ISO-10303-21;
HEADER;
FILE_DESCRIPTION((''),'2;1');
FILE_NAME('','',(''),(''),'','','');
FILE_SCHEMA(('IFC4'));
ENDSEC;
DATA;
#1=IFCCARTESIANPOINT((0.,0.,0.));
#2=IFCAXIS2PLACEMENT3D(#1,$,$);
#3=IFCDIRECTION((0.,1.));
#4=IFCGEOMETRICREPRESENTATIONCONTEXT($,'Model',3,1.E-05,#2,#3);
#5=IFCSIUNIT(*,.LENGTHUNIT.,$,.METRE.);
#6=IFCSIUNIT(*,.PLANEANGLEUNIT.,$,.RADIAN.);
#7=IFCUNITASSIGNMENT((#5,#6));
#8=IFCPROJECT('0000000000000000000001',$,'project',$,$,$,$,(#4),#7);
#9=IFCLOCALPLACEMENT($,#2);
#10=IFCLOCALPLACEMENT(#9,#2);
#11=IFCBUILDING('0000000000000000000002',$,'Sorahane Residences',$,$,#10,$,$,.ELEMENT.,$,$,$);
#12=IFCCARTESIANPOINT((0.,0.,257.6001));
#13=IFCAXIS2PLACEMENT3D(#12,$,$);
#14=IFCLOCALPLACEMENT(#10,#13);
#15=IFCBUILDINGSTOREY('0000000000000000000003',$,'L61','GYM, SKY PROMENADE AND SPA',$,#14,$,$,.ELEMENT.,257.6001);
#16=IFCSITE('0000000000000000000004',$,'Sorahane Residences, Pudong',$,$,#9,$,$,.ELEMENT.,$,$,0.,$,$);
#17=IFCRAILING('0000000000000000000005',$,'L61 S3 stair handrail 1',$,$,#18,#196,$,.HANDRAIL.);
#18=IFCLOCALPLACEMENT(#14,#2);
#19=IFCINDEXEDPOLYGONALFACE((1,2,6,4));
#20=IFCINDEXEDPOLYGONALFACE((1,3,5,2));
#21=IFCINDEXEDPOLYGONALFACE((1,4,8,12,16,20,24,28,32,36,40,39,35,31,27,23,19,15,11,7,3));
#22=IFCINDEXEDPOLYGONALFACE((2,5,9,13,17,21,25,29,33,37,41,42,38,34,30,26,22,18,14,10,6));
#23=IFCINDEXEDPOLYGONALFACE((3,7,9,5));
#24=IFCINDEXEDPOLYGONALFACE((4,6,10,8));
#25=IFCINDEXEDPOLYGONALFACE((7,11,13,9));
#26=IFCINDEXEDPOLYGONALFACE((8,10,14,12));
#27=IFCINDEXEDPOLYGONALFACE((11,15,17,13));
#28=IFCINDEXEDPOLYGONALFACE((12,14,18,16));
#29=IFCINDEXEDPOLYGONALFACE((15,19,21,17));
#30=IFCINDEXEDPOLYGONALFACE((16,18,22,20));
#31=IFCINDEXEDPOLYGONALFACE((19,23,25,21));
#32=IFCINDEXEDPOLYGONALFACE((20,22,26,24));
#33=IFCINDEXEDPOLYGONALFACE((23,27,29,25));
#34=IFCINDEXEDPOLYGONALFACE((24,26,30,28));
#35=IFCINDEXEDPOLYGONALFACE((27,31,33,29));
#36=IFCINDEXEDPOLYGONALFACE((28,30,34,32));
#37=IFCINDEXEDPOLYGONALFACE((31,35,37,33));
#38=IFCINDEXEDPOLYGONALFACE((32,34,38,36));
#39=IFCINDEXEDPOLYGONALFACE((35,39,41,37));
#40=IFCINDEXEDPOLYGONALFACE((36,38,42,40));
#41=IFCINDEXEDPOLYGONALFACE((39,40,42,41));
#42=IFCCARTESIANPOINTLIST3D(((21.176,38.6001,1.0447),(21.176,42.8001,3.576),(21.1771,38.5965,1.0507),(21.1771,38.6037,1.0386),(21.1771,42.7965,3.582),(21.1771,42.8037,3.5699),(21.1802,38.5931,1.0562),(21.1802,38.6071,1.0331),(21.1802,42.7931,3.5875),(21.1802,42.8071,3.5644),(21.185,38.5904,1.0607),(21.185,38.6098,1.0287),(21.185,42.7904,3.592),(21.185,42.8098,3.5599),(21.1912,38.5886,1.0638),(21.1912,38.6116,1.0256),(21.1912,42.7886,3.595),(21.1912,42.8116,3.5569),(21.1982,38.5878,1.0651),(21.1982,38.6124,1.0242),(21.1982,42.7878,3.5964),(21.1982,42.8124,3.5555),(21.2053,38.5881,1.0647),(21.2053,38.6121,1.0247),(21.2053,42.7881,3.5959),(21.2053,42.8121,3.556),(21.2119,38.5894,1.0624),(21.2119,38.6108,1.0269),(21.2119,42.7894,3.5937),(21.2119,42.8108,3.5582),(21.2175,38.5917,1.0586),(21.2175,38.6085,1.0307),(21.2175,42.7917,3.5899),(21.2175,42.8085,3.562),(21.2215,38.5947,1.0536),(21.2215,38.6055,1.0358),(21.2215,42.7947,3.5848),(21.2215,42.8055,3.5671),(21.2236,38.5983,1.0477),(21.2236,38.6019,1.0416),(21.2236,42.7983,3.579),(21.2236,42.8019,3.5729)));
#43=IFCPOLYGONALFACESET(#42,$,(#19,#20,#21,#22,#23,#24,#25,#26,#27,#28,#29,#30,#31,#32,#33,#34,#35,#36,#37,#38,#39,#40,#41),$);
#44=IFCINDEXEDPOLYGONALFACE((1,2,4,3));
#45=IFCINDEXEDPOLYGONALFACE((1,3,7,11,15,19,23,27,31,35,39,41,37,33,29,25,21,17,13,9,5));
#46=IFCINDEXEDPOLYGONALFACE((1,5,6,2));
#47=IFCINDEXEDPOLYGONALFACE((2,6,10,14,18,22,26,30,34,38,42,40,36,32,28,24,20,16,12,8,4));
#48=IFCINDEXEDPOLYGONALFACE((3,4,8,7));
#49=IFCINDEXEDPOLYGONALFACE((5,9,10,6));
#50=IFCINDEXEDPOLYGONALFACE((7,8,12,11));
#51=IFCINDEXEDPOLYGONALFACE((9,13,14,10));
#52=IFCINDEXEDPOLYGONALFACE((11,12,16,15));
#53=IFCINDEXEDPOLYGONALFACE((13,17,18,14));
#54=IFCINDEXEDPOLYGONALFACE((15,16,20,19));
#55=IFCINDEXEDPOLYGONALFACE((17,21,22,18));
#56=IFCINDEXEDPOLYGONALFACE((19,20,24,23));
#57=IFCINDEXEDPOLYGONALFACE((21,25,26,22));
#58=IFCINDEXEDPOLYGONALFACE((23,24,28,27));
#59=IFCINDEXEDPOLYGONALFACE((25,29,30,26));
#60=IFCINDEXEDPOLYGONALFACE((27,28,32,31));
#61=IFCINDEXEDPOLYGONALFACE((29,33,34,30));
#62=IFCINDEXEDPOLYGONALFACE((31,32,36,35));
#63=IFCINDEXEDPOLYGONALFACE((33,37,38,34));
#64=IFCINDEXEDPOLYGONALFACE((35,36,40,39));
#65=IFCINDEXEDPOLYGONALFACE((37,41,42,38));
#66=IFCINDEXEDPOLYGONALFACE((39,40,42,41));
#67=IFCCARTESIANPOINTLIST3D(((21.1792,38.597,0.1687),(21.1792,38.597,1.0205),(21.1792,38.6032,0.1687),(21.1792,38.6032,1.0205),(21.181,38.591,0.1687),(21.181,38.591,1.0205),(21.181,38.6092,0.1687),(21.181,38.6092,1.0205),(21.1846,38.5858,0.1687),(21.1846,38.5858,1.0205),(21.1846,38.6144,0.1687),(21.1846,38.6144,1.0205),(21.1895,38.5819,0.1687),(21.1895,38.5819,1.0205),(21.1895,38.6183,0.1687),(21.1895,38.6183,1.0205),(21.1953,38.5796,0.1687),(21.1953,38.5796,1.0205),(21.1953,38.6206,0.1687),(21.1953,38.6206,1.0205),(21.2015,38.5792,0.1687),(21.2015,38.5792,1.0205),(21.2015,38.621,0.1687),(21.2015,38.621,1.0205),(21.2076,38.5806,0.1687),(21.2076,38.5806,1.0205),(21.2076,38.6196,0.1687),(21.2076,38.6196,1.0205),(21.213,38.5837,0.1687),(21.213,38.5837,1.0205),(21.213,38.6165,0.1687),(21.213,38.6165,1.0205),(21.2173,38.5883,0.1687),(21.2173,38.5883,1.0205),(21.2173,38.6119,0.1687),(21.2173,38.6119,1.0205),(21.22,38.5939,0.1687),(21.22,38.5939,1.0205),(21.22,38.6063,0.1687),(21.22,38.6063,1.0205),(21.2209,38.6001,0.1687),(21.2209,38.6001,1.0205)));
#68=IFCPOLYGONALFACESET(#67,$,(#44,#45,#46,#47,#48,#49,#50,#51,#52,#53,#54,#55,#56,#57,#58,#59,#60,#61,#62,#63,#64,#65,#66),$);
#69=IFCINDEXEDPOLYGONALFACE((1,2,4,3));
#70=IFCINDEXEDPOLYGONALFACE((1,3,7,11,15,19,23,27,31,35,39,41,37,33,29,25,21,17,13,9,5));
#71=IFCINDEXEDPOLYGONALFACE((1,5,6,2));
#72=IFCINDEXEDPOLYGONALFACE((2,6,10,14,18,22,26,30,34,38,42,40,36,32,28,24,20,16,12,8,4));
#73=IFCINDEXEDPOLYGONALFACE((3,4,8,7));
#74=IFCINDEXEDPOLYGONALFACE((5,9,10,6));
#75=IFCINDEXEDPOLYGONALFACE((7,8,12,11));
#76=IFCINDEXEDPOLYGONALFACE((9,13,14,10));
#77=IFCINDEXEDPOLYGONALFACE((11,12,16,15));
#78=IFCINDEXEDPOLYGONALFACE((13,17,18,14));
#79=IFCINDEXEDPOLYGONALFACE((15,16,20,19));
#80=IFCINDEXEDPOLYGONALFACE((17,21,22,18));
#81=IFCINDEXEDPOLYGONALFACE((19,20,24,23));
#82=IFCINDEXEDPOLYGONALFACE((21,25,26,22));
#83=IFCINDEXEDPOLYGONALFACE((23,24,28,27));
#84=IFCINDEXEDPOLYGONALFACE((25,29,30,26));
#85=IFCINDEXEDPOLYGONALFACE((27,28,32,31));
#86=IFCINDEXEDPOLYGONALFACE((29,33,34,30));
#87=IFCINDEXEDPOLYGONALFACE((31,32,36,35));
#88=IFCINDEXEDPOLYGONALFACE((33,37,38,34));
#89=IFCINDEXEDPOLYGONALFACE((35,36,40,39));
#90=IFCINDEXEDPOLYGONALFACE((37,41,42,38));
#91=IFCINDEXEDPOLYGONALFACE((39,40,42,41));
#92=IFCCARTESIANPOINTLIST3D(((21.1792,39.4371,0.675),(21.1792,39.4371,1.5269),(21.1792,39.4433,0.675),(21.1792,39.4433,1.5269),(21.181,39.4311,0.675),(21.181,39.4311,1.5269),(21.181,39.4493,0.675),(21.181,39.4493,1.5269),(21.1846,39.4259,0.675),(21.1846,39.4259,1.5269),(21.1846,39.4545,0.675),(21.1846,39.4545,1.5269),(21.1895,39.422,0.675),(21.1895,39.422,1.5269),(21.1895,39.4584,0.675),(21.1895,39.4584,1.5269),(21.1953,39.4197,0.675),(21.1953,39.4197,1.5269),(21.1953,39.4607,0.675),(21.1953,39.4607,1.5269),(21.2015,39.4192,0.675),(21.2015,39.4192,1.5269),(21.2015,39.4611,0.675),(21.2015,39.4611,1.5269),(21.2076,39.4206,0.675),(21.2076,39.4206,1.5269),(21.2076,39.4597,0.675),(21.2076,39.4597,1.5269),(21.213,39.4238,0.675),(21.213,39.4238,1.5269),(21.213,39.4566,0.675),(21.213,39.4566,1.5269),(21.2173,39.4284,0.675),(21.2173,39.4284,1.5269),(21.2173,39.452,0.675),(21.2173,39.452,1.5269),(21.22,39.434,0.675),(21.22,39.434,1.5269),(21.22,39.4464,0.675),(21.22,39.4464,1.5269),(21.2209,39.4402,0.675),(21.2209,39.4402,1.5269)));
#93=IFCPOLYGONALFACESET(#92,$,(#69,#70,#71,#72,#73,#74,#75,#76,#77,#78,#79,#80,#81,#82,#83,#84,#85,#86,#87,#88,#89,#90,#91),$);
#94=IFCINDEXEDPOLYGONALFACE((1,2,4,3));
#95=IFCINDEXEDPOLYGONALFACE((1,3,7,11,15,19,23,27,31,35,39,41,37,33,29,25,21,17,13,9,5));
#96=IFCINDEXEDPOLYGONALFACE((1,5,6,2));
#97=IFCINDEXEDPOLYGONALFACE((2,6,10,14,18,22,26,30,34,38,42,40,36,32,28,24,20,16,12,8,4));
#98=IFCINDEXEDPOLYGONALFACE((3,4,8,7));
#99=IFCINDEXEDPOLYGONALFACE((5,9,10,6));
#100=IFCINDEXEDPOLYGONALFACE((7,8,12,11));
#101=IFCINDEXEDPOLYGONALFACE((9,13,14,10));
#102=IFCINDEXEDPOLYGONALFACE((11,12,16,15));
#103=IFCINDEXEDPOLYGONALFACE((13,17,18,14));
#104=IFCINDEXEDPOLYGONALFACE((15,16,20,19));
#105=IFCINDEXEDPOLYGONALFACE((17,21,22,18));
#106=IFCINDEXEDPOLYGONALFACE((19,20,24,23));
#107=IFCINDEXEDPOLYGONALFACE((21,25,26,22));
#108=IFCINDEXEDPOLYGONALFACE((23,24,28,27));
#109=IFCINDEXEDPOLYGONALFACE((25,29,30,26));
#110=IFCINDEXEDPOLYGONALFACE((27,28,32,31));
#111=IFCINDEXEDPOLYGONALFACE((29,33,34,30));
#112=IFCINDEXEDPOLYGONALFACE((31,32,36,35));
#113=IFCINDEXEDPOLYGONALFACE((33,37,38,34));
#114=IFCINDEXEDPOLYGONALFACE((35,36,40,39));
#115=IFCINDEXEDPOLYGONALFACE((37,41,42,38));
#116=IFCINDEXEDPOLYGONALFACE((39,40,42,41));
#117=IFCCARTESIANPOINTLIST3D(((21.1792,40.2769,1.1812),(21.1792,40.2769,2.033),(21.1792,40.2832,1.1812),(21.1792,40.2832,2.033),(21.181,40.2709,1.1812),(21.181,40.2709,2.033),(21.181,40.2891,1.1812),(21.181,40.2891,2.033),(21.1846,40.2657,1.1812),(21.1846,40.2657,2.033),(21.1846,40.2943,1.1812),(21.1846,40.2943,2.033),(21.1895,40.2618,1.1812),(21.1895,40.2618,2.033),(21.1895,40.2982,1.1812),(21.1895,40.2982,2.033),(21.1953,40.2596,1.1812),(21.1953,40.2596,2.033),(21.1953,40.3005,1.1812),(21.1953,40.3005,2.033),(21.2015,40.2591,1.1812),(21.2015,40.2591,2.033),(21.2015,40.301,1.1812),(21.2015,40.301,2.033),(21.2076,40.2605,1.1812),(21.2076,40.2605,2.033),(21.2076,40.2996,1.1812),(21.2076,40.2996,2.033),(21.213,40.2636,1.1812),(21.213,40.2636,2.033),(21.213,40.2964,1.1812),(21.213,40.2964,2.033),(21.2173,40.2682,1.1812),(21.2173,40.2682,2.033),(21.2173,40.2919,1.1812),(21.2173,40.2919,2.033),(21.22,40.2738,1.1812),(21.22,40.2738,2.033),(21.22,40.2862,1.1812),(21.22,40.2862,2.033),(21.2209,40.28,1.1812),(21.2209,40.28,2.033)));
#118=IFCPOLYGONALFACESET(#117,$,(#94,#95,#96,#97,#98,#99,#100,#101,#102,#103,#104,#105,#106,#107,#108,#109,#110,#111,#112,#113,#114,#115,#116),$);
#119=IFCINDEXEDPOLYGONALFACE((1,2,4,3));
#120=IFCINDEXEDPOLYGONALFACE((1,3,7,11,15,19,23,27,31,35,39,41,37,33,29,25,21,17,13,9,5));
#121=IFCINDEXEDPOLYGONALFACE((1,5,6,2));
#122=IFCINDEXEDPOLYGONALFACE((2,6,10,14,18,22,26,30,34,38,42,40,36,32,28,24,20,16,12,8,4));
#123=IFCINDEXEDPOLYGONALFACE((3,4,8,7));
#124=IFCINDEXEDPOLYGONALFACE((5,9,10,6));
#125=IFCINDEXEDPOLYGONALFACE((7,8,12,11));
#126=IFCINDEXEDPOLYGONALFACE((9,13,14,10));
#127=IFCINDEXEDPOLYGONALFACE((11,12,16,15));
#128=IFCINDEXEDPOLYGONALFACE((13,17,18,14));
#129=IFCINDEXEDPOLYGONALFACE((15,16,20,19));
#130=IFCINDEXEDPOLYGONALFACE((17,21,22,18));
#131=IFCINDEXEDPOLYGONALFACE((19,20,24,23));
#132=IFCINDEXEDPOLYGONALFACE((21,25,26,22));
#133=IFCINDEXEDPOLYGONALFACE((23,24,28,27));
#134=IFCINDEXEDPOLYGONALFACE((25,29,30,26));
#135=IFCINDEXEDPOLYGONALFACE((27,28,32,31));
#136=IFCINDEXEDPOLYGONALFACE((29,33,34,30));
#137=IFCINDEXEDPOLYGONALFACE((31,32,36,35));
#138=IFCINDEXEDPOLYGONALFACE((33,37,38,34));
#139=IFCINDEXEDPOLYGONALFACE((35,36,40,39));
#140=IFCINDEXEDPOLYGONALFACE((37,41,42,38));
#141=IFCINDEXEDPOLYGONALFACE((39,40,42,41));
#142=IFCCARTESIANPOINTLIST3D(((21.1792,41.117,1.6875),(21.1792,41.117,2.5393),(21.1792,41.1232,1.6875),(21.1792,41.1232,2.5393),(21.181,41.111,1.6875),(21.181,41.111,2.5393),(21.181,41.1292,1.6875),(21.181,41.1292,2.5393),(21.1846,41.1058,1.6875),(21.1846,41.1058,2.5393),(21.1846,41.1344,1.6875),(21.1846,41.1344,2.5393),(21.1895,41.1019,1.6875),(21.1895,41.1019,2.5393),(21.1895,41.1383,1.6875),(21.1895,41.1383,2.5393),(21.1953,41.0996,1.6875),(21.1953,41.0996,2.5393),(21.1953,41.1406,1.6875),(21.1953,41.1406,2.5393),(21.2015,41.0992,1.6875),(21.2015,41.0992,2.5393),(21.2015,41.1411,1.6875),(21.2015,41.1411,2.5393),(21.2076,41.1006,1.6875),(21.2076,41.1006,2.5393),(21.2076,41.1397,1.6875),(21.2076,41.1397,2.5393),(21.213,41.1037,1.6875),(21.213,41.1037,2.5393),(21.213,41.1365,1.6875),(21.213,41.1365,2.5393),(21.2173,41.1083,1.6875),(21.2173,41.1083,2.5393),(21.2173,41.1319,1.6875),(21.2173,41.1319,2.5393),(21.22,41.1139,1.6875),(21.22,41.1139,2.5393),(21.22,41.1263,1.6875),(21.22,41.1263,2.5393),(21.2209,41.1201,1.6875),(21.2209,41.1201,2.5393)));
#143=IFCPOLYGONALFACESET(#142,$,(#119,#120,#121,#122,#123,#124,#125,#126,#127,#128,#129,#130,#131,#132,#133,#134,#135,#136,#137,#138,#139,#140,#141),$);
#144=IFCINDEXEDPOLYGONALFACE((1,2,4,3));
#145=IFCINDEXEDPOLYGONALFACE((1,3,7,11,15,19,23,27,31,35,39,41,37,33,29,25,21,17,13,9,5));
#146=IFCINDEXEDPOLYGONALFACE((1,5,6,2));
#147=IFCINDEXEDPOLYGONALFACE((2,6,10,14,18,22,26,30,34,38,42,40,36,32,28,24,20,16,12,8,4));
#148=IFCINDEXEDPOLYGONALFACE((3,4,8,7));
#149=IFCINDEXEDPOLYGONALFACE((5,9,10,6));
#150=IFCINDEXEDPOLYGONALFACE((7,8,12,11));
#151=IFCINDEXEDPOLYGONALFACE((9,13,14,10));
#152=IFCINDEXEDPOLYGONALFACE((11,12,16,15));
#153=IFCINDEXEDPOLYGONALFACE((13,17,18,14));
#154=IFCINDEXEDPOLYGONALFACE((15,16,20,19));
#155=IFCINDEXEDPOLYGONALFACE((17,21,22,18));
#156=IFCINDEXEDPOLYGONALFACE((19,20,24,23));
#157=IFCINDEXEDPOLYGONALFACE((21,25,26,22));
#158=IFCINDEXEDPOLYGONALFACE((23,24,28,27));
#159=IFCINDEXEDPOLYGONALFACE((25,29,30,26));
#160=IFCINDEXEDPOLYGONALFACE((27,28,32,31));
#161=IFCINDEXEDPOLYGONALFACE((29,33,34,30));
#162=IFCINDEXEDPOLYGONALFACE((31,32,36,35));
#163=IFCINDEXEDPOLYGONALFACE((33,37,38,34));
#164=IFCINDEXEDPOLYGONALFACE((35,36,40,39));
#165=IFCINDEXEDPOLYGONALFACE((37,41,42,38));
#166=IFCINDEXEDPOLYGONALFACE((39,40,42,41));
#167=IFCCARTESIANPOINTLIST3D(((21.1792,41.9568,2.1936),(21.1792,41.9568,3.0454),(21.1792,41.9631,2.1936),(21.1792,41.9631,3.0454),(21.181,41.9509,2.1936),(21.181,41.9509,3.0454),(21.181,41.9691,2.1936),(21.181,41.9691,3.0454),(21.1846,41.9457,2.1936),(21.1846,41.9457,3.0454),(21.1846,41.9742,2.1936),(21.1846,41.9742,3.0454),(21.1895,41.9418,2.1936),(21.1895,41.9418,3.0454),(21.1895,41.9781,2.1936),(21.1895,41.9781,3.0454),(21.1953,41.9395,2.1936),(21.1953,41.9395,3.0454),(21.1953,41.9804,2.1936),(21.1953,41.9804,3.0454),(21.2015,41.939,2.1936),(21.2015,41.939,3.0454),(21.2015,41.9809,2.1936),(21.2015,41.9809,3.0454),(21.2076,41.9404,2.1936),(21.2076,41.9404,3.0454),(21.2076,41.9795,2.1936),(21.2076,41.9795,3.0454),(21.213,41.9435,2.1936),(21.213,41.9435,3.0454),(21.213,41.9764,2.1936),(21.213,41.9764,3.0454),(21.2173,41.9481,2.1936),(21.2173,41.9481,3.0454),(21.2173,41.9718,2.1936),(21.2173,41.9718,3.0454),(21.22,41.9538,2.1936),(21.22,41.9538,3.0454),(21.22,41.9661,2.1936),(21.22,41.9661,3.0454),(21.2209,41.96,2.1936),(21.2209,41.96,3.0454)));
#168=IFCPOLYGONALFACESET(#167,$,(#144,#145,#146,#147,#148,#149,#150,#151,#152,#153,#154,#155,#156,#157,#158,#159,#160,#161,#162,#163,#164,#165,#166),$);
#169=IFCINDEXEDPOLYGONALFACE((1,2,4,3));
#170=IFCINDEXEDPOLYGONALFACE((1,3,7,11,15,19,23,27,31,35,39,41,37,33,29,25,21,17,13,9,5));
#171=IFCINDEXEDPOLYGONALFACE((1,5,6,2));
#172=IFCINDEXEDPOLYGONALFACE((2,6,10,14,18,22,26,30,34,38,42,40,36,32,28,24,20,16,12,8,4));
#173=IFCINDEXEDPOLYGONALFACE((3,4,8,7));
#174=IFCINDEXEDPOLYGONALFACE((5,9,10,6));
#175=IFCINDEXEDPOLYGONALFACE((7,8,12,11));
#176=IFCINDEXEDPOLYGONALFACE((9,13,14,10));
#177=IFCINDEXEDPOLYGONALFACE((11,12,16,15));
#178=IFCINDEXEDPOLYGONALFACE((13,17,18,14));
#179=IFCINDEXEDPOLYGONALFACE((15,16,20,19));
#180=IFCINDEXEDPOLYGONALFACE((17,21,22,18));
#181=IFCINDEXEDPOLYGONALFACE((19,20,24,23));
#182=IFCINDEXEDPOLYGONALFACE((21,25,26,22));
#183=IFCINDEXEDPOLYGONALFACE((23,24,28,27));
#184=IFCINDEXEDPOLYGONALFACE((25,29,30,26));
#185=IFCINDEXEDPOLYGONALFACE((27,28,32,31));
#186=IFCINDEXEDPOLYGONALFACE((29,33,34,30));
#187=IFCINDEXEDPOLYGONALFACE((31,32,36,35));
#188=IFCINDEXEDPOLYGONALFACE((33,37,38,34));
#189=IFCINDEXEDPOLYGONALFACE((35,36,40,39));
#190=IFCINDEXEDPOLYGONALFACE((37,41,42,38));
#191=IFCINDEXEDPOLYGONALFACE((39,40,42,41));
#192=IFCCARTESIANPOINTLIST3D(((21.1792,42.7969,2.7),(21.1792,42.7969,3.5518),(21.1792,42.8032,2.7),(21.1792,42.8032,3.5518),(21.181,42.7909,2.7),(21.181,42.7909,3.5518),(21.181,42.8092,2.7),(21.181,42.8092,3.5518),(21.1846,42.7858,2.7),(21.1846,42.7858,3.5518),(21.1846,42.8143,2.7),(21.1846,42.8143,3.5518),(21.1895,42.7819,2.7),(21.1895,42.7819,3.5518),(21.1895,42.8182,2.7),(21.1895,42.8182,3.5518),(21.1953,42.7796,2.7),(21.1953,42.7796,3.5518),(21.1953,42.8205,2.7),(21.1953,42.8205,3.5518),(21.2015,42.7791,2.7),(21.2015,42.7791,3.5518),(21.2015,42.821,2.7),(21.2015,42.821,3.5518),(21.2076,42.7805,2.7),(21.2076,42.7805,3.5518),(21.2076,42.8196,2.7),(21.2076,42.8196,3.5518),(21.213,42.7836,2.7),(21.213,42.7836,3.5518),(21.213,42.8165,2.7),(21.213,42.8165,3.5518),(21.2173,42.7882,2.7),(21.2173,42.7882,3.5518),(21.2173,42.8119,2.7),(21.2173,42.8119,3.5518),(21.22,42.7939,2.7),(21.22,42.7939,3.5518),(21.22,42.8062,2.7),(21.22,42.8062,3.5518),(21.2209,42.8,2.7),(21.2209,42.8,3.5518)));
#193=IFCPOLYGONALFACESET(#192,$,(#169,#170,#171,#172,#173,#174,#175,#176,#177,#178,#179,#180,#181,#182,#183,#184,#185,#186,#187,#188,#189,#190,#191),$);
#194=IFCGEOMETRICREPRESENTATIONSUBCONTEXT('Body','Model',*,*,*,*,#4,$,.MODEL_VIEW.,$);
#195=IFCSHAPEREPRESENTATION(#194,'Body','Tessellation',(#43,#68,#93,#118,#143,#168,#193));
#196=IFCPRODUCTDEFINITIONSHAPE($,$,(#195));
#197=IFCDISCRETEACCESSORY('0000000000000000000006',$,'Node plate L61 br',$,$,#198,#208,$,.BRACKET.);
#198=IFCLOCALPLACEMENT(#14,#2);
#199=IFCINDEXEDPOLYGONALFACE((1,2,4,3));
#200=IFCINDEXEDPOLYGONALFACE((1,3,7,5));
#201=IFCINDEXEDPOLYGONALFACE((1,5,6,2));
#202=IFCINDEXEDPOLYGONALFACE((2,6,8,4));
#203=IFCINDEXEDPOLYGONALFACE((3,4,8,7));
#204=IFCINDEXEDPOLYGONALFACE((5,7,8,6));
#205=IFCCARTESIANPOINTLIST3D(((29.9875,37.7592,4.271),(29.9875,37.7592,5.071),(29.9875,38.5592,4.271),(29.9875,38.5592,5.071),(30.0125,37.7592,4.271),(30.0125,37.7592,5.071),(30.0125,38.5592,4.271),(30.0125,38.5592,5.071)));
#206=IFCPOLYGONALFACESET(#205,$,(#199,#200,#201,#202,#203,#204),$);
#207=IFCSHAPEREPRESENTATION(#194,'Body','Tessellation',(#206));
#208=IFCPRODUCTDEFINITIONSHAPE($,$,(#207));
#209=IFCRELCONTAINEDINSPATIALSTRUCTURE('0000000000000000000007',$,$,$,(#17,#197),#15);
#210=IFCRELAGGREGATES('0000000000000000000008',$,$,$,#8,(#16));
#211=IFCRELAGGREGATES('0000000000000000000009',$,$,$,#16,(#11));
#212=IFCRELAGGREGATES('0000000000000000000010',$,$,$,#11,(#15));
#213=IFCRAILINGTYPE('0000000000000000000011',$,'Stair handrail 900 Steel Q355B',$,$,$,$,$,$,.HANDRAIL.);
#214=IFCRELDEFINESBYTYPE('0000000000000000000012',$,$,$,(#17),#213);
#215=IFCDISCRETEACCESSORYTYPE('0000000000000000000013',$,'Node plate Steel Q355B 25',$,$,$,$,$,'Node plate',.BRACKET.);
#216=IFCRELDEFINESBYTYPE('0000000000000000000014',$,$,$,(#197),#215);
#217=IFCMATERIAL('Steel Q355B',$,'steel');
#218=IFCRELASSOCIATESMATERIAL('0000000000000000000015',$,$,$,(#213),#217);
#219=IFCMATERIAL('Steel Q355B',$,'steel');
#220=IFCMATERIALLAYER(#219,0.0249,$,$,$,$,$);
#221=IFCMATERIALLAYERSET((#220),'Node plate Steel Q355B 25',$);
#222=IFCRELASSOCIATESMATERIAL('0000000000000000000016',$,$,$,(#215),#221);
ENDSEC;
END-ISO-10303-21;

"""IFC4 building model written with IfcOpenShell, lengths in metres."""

from ifc_helpers import new_model, si_unit, direction, frame, origin, origin_2d, place, context, subcontext, project, spatial, rectangle, circle, extrude, material, layer, layer_set, type_object, element, save


model = new_model("IFC4")

# Units and contexts
model_context = context("Model", 3, precision=1e-05, world=origin(), true_north=direction((0.0, 1.0)))
body_context = subcontext(model_context, "Body", "Model", "MODEL_VIEW")
ifc_project = project(units=[si_unit("LENGTHUNIT", "METRE"), si_unit("PLANEANGLEUNIT", "RADIAN")], contexts=[model_context])

# Site, building, storey
site_placement = place(None, origin())
site = spatial("IfcSite", under=ifc_project, at=site_placement, Name="Sorahane Residences, Pudong", CompositionType="ELEMENT", RefElevation=0.0)
building_placement = place(site_placement, origin())
building = spatial("IfcBuilding", under=site, at=building_placement, Name="Sorahane Residences", CompositionType="ELEMENT")
storey_placement = place(building_placement, frame((0.0, 0.0, 257.6001)))
storey = spatial("IfcBuildingStorey", under=building, at=storey_placement, Name="L61", Description="GYM, SKY PROMENADE AND SPA", CompositionType="ELEMENT", Elevation=257.6001)

# Railing
ifc_material_1 = material(Name="Steel Q355B", Category="steel")
railing_type_1 = type_object("IfcRailingType", Name="Stair handrail 900 Steel Q355B", PredefinedType="HANDRAIL", material=ifc_material_1)
railing_1_placement = place(storey_placement, frame((21.2, 38.6001, 0.1687)))
element("IfcRailing", 1, at=railing_1_placement, inside=storey, type_object=railing_type_1, Name="L61 S3 stair handrail 1", PredefinedType="HANDRAIL", context=body_context, shape_type="SweptSolid", body=[
    extrude(circle(Radius=0.0239, at=origin_2d()), frame((0.0, 0.0, 0.876), z_axis=(0.0, 0.856476, 0.516186), x_axis=(-1.0, 0.0, 0.0)), (0.0, 0.0, 1.0), 4.9038),
    extrude(circle(Radius=0.021, at=origin_2d()), origin(), (0.0, 0.0, 1.0), 0.8518),
    extrude(circle(Radius=0.021, at=origin_2d()), frame((0.0, 0.8401, 0.5063)), (0.0, 0.0, 1.0), 0.8518),
    extrude(circle(Radius=0.021, at=origin_2d()), frame((0.0, 1.6799, 1.0125)), (0.0, 0.0, 1.0), 0.8518),
    extrude(circle(Radius=0.021, at=origin_2d()), frame((0.0, 2.52, 1.5188)), (0.0, 0.0, 1.0), 0.8518),
    extrude(circle(Radius=0.021, at=origin_2d()), frame((0.0, 3.3599, 2.0249)), (0.0, 0.0, 1.0), 0.8518),
    extrude(circle(Radius=0.021, at=origin_2d()), frame((0.0, 4.2, 2.5312)), (0.0, 0.0, 1.0), 0.8518),
])

# Discrete accessory
ifc_material_2 = material(Name="Steel Q355B", Category="steel")
ifc_layer_1 = layer(ifc_material_2, 0.0249)
ifc_layer_set_1 = layer_set([ifc_layer_1], Name="Node plate Steel Q355B 25")
discrete_accessory_type = type_object("IfcDiscreteAccessoryType", Name="Node plate Steel Q355B 25", ElementType="Node plate", PredefinedType="BRACKET", material=ifc_layer_set_1)
discrete_accessory_placement = place(storey_placement, frame((30.0, 38.1592, 4.271), z_axis=(0.0, 0.0, 1.0), x_axis=(0.0, 1.0, 0.0)))
element("IfcDiscreteAccessory", 2, at=discrete_accessory_placement, inside=storey, type_object=discrete_accessory_type, Name="Node plate L61 br", PredefinedType="BRACKET", context=body_context, shape_type="SweptSolid", body=[
    extrude(rectangle(XDim=0.8, YDim=0.0249, at=origin_2d()), origin(), (0.0, 0.0, 1.0), 0.8),
])

save(model, "model.ifc")
